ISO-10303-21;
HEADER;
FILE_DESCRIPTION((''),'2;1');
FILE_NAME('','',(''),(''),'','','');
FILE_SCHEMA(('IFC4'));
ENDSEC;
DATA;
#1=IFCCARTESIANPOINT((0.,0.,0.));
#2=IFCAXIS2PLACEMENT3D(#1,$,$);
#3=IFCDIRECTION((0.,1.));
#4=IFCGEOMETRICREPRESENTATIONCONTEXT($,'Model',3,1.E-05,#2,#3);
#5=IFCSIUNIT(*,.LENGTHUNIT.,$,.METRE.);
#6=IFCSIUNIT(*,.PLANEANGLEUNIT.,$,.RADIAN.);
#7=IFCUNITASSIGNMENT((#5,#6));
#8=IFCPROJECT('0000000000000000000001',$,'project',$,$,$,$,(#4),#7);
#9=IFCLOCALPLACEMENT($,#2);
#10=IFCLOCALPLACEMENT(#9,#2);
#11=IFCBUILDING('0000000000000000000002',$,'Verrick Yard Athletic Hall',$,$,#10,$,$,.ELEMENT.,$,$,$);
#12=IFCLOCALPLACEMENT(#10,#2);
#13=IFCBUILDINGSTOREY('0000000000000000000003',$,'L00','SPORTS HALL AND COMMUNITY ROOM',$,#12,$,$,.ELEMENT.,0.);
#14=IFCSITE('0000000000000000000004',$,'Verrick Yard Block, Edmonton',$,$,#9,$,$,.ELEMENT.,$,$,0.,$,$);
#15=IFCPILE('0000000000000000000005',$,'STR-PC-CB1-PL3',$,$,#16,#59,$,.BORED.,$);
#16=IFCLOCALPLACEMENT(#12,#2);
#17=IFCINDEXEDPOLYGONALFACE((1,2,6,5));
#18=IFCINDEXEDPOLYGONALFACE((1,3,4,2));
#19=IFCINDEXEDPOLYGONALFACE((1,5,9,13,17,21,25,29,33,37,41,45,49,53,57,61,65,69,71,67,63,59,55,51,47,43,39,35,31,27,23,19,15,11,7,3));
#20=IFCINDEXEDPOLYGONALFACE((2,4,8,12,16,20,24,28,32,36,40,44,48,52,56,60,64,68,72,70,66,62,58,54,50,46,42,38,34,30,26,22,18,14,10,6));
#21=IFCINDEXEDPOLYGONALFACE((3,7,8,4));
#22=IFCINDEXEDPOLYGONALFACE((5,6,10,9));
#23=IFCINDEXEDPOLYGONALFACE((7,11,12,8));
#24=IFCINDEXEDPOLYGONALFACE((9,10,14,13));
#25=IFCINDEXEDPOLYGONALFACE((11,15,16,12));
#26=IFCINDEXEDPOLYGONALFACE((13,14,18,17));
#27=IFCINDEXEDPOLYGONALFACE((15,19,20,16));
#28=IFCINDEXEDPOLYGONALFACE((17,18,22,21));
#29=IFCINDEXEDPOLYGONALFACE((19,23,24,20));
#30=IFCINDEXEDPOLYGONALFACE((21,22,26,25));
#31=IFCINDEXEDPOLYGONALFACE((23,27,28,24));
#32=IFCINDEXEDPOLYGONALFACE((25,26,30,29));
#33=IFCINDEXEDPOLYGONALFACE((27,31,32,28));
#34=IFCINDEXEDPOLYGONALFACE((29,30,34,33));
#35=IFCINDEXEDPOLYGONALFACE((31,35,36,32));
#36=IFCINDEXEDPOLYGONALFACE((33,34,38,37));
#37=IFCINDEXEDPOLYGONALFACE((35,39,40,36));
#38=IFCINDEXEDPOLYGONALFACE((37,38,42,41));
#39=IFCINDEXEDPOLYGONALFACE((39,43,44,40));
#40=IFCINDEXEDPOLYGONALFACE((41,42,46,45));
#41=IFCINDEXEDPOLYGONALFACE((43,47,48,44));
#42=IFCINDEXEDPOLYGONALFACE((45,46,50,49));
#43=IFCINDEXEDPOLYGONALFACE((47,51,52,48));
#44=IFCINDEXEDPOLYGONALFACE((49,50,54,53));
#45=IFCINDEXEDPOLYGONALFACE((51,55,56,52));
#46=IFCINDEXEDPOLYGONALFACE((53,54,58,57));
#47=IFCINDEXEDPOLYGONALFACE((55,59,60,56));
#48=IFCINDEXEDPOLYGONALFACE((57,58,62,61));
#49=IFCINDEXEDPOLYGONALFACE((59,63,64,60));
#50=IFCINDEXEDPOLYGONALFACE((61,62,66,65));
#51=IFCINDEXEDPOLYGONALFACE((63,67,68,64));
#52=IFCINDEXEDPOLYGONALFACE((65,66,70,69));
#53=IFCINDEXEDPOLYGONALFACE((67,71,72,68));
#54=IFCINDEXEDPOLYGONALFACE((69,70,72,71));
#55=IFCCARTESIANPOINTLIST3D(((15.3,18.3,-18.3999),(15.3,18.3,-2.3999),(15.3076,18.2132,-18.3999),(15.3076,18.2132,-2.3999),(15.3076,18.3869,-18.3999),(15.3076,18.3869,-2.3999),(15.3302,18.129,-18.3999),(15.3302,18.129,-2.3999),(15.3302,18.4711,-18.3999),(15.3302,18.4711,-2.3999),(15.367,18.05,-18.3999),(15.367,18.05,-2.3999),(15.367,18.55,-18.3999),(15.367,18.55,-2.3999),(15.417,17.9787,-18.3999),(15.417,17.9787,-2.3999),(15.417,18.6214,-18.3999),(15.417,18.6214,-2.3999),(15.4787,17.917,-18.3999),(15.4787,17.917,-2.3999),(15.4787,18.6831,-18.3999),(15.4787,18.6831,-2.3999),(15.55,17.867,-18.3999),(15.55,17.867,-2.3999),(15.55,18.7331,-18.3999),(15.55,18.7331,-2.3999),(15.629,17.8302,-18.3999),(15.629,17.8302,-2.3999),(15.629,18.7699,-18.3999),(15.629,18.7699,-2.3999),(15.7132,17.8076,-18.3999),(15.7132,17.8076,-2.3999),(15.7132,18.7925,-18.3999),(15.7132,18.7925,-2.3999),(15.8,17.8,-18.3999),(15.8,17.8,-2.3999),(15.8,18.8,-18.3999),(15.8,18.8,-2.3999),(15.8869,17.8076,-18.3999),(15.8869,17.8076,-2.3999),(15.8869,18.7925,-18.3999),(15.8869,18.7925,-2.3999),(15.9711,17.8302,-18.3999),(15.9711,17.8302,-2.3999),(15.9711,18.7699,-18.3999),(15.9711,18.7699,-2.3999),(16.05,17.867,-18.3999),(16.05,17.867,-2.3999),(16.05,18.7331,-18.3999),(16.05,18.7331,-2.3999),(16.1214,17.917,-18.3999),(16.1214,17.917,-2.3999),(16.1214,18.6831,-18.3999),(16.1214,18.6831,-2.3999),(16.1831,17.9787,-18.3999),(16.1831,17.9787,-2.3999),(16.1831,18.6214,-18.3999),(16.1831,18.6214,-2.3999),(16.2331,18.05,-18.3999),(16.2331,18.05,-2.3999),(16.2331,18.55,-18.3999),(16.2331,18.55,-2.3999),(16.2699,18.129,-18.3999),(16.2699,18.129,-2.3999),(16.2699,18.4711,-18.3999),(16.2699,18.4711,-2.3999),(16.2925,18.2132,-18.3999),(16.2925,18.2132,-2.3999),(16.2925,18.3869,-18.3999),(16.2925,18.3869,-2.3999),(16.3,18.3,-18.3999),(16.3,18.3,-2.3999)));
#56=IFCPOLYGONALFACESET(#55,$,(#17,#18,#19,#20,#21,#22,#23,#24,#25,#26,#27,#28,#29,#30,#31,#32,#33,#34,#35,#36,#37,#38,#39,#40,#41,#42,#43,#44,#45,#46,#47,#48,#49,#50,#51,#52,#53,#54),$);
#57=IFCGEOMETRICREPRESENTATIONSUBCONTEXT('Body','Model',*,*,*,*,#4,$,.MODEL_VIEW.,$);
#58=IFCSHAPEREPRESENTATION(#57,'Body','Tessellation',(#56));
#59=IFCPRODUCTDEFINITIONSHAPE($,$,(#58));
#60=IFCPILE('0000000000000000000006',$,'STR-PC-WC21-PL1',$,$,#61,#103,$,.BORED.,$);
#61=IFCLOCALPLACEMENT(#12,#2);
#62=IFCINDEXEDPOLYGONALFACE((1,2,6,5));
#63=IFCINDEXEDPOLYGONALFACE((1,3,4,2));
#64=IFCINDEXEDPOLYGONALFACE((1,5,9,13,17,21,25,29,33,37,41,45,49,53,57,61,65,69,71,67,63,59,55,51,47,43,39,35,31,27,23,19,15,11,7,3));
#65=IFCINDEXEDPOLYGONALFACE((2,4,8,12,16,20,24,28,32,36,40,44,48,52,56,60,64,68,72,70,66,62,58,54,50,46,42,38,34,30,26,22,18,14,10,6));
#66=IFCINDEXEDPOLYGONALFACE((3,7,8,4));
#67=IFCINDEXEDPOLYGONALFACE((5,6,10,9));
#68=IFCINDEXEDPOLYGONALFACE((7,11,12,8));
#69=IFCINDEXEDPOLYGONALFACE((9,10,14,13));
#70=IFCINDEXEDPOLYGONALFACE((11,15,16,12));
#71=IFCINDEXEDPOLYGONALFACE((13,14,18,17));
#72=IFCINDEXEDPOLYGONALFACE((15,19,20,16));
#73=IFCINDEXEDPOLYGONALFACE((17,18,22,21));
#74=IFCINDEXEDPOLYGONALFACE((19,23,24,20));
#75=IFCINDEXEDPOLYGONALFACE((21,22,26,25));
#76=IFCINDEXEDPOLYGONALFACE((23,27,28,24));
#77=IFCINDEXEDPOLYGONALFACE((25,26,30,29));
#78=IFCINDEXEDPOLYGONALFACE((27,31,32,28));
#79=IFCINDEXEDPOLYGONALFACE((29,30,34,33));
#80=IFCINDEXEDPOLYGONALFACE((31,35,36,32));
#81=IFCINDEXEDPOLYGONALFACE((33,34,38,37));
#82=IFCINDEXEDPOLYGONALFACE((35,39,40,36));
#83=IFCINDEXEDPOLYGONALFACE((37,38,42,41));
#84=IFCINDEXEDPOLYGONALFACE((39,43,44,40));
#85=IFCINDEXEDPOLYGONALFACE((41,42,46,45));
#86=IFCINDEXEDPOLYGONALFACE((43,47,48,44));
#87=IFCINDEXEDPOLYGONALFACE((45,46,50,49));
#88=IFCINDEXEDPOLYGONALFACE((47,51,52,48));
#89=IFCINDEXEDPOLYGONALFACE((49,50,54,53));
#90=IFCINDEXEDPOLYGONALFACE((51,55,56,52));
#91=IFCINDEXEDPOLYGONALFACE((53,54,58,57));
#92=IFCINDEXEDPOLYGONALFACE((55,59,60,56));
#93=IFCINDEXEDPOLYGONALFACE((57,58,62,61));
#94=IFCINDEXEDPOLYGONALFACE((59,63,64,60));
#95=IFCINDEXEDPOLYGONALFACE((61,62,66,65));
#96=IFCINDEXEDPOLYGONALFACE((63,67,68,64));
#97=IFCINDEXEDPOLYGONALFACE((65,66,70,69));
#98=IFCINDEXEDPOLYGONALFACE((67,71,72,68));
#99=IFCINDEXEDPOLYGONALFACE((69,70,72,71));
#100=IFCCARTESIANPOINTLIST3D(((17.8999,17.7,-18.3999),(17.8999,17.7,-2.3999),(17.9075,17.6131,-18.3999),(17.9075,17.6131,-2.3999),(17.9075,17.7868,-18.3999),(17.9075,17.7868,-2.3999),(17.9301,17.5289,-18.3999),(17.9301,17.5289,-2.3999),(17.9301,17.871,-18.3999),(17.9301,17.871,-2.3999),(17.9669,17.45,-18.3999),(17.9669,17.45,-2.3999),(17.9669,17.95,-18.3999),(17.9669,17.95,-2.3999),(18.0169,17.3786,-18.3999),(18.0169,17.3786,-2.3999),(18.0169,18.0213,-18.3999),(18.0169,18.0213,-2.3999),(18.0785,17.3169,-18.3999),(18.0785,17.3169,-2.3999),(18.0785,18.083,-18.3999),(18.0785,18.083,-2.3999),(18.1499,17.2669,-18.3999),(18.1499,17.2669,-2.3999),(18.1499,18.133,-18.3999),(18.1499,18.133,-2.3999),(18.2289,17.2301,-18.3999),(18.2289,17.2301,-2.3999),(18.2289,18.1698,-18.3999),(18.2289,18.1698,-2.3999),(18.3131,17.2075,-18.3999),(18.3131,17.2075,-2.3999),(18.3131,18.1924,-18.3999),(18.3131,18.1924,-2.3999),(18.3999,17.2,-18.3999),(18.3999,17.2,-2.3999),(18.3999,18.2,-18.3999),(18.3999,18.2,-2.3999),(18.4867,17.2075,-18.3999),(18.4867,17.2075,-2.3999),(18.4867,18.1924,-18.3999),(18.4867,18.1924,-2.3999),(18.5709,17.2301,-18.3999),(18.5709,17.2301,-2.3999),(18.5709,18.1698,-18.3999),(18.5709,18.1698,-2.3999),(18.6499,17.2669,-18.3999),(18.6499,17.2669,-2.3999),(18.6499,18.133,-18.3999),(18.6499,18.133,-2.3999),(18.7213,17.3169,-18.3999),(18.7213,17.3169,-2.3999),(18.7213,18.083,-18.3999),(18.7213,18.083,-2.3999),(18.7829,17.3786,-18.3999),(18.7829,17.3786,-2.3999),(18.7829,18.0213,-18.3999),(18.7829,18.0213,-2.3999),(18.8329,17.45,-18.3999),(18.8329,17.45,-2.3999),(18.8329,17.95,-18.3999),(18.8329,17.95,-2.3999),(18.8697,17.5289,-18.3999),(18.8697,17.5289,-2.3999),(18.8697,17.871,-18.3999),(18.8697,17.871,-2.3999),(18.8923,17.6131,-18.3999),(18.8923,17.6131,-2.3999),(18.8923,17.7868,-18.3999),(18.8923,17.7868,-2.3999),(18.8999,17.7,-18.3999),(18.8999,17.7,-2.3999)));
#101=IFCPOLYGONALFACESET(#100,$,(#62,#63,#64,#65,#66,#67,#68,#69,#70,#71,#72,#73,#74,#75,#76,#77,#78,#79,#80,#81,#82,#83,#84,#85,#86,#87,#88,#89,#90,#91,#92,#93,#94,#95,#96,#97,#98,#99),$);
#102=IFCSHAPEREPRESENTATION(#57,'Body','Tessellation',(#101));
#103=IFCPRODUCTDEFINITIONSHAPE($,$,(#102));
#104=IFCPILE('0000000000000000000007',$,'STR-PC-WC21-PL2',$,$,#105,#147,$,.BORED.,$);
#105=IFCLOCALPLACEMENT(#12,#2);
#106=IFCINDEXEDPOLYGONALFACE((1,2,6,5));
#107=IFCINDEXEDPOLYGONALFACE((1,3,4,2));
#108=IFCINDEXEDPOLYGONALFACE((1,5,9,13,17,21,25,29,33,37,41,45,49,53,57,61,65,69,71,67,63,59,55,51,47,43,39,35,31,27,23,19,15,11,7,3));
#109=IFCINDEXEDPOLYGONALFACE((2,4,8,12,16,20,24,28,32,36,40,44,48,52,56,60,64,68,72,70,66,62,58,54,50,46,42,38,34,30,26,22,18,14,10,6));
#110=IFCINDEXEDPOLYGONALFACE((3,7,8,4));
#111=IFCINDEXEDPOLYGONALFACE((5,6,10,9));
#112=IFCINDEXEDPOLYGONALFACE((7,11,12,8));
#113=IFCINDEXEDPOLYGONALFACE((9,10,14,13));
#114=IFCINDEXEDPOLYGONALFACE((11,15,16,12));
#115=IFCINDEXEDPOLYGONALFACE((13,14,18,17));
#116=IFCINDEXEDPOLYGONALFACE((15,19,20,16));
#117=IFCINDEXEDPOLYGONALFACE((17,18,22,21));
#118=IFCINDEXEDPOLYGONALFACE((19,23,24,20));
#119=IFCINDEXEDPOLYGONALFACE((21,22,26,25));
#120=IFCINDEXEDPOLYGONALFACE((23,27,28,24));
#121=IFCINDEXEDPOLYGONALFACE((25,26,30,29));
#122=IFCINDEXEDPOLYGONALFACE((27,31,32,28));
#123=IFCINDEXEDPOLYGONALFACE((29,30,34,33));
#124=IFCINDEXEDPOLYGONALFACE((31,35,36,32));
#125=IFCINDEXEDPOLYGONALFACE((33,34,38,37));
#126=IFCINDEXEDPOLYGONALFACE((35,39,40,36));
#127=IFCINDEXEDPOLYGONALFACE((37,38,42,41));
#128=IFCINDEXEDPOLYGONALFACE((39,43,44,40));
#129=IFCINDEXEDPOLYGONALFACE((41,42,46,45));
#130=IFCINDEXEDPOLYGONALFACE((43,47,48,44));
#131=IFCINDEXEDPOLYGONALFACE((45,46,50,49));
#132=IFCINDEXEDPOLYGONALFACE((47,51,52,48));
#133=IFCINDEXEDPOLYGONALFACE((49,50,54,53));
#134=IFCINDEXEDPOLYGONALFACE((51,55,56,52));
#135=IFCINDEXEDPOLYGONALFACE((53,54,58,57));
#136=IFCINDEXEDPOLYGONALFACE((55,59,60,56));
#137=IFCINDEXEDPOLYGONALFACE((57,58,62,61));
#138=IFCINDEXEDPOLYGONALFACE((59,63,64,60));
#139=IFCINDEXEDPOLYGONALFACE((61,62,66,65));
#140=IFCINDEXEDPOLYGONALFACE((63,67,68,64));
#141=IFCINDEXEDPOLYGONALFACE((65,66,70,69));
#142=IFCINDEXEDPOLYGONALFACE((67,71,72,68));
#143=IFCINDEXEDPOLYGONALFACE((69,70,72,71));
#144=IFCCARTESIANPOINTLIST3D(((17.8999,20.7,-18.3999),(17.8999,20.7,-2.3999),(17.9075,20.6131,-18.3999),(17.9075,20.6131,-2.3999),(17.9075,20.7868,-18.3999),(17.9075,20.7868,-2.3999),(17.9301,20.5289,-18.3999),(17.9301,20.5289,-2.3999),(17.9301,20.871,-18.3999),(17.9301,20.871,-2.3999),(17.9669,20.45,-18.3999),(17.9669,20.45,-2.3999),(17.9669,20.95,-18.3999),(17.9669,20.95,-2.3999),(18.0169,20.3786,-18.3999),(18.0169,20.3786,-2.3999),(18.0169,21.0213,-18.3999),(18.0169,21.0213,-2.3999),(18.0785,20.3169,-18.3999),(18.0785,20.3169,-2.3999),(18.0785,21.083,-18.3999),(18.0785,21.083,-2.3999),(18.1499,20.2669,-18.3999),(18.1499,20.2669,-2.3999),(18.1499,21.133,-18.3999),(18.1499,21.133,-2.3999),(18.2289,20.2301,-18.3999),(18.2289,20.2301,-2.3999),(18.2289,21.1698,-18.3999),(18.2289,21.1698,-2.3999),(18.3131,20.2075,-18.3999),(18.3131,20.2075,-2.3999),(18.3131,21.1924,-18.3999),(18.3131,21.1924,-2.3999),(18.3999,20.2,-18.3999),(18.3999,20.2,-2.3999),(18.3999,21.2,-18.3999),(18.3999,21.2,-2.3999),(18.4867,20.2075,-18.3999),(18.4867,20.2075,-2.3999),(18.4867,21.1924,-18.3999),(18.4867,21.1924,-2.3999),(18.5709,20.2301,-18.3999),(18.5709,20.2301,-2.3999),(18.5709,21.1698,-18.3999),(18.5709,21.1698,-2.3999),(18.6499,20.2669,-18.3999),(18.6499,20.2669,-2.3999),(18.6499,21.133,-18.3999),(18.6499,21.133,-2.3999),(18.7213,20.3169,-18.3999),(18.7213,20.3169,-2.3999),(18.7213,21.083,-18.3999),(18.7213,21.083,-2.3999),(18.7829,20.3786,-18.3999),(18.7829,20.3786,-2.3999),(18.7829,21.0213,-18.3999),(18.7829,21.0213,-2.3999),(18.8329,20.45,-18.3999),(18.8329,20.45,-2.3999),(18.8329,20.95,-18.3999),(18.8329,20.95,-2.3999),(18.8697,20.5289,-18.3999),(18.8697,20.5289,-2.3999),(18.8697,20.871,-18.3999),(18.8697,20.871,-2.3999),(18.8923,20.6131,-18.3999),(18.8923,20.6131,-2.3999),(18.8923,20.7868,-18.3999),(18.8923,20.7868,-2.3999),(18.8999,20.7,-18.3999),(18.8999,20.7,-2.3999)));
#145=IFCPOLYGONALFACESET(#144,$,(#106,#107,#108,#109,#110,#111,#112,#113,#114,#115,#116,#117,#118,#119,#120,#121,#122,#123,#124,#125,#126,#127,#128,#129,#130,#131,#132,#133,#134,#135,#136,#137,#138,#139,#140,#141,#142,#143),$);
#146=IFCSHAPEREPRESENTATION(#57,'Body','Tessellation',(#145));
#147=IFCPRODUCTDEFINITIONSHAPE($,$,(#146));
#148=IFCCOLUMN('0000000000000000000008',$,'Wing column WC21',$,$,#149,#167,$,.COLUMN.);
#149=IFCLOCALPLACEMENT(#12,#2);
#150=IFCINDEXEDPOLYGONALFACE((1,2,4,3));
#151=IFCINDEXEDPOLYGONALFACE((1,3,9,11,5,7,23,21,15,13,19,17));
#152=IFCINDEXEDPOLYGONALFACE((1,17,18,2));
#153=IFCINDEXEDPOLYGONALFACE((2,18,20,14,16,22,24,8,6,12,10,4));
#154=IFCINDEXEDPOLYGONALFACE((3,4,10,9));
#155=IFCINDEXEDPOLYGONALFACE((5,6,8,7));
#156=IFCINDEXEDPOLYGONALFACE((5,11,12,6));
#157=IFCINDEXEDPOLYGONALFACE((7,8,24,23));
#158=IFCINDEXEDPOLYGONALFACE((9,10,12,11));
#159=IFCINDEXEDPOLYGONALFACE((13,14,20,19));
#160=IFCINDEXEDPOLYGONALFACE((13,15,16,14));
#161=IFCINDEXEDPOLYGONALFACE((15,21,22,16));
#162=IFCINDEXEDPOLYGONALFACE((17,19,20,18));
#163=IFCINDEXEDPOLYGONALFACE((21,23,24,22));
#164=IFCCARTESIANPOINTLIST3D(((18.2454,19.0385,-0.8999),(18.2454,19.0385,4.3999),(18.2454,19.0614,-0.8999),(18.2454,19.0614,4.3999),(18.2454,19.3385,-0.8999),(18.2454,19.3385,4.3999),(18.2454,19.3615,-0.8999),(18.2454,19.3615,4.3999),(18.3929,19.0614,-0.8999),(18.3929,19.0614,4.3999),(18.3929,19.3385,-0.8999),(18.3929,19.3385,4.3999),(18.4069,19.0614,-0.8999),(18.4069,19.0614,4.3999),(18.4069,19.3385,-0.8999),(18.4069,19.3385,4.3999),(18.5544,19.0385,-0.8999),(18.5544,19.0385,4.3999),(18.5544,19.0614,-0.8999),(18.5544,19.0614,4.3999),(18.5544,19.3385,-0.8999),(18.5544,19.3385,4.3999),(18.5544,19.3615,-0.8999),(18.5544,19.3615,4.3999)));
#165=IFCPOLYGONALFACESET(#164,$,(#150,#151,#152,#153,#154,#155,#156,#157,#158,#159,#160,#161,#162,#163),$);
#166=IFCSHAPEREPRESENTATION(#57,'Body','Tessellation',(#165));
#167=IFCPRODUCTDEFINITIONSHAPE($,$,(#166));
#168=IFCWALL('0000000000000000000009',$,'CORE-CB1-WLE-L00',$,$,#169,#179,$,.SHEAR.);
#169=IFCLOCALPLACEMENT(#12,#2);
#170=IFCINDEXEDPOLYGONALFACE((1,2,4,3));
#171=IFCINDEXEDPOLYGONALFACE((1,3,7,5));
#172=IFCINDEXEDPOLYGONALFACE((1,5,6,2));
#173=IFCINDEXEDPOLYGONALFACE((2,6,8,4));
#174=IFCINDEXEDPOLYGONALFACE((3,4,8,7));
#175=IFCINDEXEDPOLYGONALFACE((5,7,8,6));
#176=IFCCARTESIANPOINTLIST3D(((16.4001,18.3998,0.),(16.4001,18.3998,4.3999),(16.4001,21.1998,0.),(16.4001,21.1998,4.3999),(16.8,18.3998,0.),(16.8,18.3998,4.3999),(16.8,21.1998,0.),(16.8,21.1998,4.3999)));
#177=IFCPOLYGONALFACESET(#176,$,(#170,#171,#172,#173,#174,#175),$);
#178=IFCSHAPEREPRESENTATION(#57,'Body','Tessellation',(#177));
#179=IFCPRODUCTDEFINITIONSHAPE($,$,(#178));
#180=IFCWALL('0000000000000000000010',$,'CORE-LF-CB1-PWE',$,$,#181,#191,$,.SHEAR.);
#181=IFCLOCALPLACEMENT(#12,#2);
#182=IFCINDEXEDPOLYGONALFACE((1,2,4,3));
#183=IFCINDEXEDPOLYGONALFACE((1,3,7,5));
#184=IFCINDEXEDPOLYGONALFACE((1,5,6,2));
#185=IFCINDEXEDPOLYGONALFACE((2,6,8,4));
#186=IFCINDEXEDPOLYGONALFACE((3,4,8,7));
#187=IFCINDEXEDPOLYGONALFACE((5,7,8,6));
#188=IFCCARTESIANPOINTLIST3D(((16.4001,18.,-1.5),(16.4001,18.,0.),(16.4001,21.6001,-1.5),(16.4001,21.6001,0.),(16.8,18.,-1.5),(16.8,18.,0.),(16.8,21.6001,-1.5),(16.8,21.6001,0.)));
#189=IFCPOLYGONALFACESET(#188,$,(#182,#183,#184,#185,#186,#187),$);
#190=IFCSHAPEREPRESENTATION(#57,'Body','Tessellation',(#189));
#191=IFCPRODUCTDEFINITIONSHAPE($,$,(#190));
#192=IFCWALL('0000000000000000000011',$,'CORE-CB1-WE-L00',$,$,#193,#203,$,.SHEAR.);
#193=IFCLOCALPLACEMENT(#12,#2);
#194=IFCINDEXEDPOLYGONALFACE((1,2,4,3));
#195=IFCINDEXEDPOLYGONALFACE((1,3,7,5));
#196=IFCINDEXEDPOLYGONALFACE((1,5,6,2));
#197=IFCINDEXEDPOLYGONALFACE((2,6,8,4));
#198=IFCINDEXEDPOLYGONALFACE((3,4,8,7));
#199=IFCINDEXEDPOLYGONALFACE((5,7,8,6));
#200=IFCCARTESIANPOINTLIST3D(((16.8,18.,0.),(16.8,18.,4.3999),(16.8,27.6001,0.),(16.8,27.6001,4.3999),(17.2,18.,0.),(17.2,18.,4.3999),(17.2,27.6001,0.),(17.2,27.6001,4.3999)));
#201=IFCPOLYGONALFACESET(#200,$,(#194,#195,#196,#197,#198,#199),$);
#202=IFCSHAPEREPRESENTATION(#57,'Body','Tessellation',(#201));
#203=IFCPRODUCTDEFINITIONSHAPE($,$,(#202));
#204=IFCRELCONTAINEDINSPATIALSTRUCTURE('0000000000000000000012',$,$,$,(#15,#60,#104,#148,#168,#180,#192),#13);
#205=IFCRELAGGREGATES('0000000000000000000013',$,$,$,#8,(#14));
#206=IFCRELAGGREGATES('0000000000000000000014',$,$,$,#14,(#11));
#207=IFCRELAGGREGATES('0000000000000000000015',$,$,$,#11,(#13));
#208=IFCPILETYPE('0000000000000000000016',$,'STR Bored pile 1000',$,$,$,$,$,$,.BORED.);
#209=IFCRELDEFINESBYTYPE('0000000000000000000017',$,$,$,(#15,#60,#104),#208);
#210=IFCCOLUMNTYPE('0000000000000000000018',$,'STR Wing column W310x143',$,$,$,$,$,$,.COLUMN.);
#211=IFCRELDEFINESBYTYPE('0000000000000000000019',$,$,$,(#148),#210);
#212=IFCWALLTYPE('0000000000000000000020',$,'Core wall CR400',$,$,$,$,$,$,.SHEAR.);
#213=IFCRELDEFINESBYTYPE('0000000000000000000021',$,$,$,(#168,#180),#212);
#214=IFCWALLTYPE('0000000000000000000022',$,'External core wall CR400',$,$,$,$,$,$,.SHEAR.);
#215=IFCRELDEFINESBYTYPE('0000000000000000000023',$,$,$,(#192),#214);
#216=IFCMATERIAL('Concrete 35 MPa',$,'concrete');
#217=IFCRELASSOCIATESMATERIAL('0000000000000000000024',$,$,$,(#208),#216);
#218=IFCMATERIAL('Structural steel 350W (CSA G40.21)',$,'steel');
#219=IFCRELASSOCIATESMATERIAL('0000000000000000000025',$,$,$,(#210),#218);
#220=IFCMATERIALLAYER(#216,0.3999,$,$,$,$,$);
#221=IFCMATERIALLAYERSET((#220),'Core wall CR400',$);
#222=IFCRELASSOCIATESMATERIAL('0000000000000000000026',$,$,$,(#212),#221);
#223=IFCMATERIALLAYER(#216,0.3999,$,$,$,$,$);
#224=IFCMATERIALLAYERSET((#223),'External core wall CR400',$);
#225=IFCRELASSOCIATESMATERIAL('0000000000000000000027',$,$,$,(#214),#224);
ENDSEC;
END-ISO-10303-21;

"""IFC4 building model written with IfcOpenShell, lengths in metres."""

from ifc_helpers import new_model, si_unit, direction, frame, frame_2d, origin, origin_2d, place, context, subcontext, project, spatial, rectangle, circle, i_section, extrude, material, layer, layer_set, material_profile, profile_set, type_object, element, save


model = new_model("IFC4")

# Units and contexts
model_context = context("Model", 3, precision=1e-05, world=origin(), true_north=direction((0.0, 1.0)))
body_context = subcontext(model_context, "Body", "Model", "MODEL_VIEW")
ifc_project = project(units=[si_unit("LENGTHUNIT", "METRE"), si_unit("PLANEANGLEUNIT", "RADIAN")], contexts=[model_context])

# Site, building, storey
site_placement = place(None, origin())
site = spatial("IfcSite", under=ifc_project, at=site_placement, Name="Verrick Yard Block, Edmonton", CompositionType="ELEMENT", RefElevation=0.0)
building_placement = place(site_placement, origin())
building = spatial("IfcBuilding", under=site, at=building_placement, Name="Verrick Yard Athletic Hall", CompositionType="ELEMENT")
storey_placement = place(building_placement, origin())
storey = spatial("IfcBuildingStorey", under=building, at=storey_placement, Name="L00", Description="SPORTS HALL AND COMMUNITY ROOM", CompositionType="ELEMENT", Elevation=0.0)

# Piles
ifc_material_1 = material(Name="Concrete 35 MPa", Category="concrete")
pile_type = type_object("IfcPileType", Name="STR Bored pile 1000", PredefinedType="BORED", material=ifc_material_1)
for number, where, z_axis, x_axis, name in (
    (1, (15.8, 18.3, -2.3999), (0.0, 0.0, -1.0), (1.0, 0.0, 0.0), "STR-PC-CB1-PL3"),
    (2, (18.3999, 17.7, -2.3999), (0.0, 0.0, -1.0), (1.0, 0.0, 0.0), "STR-PC-WC21-PL1"),
    (3, (18.3999, 20.7, -2.3999), (0.0, 0.0, -1.0), (1.0, 0.0, 0.0), "STR-PC-WC21-PL2"),
):
    element("IfcPile", number, at=place(storey_placement, frame(where, z_axis=z_axis, x_axis=x_axis)), inside=storey, type_object=pile_type, Name=name, PredefinedType="BORED", context=body_context, shape_type="SweptSolid", body=[
        extrude(circle(Radius=0.5, at=origin_2d()), origin(), (0.0, 0.0, 1.0), 16.0),
    ])

# Column
ifc_material_2 = material(Name="Structural steel 350W (CSA G40.21)", Category="steel")
ifc_material_profile = material_profile(ifc_material_2, i_section(OverallWidth=0.3091, OverallDepth=0.323, WebThickness=0.0139, FlangeThickness=0.0229, at=origin_2d()), Name="W310x143")
ifc_profile_set = profile_set([ifc_material_profile], Name="Structural steel 350W (CSA G40.21)")
column_type = type_object("IfcColumnType", Name="STR Wing column W310x143", PredefinedType="COLUMN", material=ifc_profile_set)
column_placement = place(storey_placement, frame((18.3999, 19.2, -0.8999), z_axis=(0.0, 0.0, 1.0), x_axis=(1.0, 0.0, 0.0)))
element("IfcColumn", 4, at=column_placement, inside=storey, type_object=column_type, Name="Wing column WC21", PredefinedType="COLUMN", context=body_context, shape_type="SweptSolid", body=[
    extrude(i_section(OverallWidth=0.3091, OverallDepth=0.323, WebThickness=0.0139, FlangeThickness=0.0229, at=origin_2d()), origin(), (0.0, 0.0, 1.0), 5.2998),
])

# Walls
ifc_layer_1 = layer(ifc_material_1, 0.3999)
ifc_layer_set_1 = layer_set([ifc_layer_1], Name="Core wall CR400")
wall_type_1 = type_object("IfcWallType", Name="Core wall CR400", PredefinedType="SHEAR", material=ifc_layer_set_1)
wall_1_placement = place(storey_placement, frame((16.6001, 18.3999, 0.0), z_axis=(0.0, 0.0, 1.0), x_axis=(0.0, 1.0, 0.0)))
element("IfcWall", 5, at=wall_1_placement, inside=storey, type_object=wall_type_1, Name="CORE-CB1-WLE-L00", PredefinedType="SHEAR", context=body_context, shape_type="SweptSolid", body=[
    extrude(rectangle(XDim=2.8, YDim=0.3999, at=frame_2d((1.3999, 0.0))), origin(), (0.0, 0.0, 1.0), 4.3999),
])
wall_2_placement = place(storey_placement, frame((16.6001, 18.0, -1.5), z_axis=(0.0, 0.0, 1.0), x_axis=(0.0, 1.0, 0.0)))
element("IfcWall", 6, at=wall_2_placement, inside=storey, type_object=wall_type_1, Name="CORE-LF-CB1-PWE", PredefinedType="SHEAR", context=body_context, shape_type="SweptSolid", body=[
    extrude(rectangle(XDim=3.6001, YDim=0.3999, at=frame_2d((1.8, 0.0))), origin(), (0.0, 0.0, 1.0), 1.5),
])
ifc_layer_2 = layer(ifc_material_1, 0.3999)
ifc_layer_set_2 = layer_set([ifc_layer_2], Name="External core wall CR400")
wall_type_2 = type_object("IfcWallType", Name="External core wall CR400", PredefinedType="SHEAR", material=ifc_layer_set_2)
wall_3_placement = place(storey_placement, frame((17.0, 18.0, 0.0), z_axis=(0.0, 0.0, 1.0), x_axis=(0.0, 1.0, 0.0)))
element("IfcWall", 7, at=wall_3_placement, inside=storey, type_object=wall_type_2, Name="CORE-CB1-WE-L00", PredefinedType="SHEAR", context=body_context, shape_type="SweptSolid", body=[
    extrude(rectangle(XDim=9.6001, YDim=0.3999, at=frame_2d((4.8, 0.0))), origin(), (0.0, 0.0, 1.0), 4.3999),
])

save(model, "model.ifc")
